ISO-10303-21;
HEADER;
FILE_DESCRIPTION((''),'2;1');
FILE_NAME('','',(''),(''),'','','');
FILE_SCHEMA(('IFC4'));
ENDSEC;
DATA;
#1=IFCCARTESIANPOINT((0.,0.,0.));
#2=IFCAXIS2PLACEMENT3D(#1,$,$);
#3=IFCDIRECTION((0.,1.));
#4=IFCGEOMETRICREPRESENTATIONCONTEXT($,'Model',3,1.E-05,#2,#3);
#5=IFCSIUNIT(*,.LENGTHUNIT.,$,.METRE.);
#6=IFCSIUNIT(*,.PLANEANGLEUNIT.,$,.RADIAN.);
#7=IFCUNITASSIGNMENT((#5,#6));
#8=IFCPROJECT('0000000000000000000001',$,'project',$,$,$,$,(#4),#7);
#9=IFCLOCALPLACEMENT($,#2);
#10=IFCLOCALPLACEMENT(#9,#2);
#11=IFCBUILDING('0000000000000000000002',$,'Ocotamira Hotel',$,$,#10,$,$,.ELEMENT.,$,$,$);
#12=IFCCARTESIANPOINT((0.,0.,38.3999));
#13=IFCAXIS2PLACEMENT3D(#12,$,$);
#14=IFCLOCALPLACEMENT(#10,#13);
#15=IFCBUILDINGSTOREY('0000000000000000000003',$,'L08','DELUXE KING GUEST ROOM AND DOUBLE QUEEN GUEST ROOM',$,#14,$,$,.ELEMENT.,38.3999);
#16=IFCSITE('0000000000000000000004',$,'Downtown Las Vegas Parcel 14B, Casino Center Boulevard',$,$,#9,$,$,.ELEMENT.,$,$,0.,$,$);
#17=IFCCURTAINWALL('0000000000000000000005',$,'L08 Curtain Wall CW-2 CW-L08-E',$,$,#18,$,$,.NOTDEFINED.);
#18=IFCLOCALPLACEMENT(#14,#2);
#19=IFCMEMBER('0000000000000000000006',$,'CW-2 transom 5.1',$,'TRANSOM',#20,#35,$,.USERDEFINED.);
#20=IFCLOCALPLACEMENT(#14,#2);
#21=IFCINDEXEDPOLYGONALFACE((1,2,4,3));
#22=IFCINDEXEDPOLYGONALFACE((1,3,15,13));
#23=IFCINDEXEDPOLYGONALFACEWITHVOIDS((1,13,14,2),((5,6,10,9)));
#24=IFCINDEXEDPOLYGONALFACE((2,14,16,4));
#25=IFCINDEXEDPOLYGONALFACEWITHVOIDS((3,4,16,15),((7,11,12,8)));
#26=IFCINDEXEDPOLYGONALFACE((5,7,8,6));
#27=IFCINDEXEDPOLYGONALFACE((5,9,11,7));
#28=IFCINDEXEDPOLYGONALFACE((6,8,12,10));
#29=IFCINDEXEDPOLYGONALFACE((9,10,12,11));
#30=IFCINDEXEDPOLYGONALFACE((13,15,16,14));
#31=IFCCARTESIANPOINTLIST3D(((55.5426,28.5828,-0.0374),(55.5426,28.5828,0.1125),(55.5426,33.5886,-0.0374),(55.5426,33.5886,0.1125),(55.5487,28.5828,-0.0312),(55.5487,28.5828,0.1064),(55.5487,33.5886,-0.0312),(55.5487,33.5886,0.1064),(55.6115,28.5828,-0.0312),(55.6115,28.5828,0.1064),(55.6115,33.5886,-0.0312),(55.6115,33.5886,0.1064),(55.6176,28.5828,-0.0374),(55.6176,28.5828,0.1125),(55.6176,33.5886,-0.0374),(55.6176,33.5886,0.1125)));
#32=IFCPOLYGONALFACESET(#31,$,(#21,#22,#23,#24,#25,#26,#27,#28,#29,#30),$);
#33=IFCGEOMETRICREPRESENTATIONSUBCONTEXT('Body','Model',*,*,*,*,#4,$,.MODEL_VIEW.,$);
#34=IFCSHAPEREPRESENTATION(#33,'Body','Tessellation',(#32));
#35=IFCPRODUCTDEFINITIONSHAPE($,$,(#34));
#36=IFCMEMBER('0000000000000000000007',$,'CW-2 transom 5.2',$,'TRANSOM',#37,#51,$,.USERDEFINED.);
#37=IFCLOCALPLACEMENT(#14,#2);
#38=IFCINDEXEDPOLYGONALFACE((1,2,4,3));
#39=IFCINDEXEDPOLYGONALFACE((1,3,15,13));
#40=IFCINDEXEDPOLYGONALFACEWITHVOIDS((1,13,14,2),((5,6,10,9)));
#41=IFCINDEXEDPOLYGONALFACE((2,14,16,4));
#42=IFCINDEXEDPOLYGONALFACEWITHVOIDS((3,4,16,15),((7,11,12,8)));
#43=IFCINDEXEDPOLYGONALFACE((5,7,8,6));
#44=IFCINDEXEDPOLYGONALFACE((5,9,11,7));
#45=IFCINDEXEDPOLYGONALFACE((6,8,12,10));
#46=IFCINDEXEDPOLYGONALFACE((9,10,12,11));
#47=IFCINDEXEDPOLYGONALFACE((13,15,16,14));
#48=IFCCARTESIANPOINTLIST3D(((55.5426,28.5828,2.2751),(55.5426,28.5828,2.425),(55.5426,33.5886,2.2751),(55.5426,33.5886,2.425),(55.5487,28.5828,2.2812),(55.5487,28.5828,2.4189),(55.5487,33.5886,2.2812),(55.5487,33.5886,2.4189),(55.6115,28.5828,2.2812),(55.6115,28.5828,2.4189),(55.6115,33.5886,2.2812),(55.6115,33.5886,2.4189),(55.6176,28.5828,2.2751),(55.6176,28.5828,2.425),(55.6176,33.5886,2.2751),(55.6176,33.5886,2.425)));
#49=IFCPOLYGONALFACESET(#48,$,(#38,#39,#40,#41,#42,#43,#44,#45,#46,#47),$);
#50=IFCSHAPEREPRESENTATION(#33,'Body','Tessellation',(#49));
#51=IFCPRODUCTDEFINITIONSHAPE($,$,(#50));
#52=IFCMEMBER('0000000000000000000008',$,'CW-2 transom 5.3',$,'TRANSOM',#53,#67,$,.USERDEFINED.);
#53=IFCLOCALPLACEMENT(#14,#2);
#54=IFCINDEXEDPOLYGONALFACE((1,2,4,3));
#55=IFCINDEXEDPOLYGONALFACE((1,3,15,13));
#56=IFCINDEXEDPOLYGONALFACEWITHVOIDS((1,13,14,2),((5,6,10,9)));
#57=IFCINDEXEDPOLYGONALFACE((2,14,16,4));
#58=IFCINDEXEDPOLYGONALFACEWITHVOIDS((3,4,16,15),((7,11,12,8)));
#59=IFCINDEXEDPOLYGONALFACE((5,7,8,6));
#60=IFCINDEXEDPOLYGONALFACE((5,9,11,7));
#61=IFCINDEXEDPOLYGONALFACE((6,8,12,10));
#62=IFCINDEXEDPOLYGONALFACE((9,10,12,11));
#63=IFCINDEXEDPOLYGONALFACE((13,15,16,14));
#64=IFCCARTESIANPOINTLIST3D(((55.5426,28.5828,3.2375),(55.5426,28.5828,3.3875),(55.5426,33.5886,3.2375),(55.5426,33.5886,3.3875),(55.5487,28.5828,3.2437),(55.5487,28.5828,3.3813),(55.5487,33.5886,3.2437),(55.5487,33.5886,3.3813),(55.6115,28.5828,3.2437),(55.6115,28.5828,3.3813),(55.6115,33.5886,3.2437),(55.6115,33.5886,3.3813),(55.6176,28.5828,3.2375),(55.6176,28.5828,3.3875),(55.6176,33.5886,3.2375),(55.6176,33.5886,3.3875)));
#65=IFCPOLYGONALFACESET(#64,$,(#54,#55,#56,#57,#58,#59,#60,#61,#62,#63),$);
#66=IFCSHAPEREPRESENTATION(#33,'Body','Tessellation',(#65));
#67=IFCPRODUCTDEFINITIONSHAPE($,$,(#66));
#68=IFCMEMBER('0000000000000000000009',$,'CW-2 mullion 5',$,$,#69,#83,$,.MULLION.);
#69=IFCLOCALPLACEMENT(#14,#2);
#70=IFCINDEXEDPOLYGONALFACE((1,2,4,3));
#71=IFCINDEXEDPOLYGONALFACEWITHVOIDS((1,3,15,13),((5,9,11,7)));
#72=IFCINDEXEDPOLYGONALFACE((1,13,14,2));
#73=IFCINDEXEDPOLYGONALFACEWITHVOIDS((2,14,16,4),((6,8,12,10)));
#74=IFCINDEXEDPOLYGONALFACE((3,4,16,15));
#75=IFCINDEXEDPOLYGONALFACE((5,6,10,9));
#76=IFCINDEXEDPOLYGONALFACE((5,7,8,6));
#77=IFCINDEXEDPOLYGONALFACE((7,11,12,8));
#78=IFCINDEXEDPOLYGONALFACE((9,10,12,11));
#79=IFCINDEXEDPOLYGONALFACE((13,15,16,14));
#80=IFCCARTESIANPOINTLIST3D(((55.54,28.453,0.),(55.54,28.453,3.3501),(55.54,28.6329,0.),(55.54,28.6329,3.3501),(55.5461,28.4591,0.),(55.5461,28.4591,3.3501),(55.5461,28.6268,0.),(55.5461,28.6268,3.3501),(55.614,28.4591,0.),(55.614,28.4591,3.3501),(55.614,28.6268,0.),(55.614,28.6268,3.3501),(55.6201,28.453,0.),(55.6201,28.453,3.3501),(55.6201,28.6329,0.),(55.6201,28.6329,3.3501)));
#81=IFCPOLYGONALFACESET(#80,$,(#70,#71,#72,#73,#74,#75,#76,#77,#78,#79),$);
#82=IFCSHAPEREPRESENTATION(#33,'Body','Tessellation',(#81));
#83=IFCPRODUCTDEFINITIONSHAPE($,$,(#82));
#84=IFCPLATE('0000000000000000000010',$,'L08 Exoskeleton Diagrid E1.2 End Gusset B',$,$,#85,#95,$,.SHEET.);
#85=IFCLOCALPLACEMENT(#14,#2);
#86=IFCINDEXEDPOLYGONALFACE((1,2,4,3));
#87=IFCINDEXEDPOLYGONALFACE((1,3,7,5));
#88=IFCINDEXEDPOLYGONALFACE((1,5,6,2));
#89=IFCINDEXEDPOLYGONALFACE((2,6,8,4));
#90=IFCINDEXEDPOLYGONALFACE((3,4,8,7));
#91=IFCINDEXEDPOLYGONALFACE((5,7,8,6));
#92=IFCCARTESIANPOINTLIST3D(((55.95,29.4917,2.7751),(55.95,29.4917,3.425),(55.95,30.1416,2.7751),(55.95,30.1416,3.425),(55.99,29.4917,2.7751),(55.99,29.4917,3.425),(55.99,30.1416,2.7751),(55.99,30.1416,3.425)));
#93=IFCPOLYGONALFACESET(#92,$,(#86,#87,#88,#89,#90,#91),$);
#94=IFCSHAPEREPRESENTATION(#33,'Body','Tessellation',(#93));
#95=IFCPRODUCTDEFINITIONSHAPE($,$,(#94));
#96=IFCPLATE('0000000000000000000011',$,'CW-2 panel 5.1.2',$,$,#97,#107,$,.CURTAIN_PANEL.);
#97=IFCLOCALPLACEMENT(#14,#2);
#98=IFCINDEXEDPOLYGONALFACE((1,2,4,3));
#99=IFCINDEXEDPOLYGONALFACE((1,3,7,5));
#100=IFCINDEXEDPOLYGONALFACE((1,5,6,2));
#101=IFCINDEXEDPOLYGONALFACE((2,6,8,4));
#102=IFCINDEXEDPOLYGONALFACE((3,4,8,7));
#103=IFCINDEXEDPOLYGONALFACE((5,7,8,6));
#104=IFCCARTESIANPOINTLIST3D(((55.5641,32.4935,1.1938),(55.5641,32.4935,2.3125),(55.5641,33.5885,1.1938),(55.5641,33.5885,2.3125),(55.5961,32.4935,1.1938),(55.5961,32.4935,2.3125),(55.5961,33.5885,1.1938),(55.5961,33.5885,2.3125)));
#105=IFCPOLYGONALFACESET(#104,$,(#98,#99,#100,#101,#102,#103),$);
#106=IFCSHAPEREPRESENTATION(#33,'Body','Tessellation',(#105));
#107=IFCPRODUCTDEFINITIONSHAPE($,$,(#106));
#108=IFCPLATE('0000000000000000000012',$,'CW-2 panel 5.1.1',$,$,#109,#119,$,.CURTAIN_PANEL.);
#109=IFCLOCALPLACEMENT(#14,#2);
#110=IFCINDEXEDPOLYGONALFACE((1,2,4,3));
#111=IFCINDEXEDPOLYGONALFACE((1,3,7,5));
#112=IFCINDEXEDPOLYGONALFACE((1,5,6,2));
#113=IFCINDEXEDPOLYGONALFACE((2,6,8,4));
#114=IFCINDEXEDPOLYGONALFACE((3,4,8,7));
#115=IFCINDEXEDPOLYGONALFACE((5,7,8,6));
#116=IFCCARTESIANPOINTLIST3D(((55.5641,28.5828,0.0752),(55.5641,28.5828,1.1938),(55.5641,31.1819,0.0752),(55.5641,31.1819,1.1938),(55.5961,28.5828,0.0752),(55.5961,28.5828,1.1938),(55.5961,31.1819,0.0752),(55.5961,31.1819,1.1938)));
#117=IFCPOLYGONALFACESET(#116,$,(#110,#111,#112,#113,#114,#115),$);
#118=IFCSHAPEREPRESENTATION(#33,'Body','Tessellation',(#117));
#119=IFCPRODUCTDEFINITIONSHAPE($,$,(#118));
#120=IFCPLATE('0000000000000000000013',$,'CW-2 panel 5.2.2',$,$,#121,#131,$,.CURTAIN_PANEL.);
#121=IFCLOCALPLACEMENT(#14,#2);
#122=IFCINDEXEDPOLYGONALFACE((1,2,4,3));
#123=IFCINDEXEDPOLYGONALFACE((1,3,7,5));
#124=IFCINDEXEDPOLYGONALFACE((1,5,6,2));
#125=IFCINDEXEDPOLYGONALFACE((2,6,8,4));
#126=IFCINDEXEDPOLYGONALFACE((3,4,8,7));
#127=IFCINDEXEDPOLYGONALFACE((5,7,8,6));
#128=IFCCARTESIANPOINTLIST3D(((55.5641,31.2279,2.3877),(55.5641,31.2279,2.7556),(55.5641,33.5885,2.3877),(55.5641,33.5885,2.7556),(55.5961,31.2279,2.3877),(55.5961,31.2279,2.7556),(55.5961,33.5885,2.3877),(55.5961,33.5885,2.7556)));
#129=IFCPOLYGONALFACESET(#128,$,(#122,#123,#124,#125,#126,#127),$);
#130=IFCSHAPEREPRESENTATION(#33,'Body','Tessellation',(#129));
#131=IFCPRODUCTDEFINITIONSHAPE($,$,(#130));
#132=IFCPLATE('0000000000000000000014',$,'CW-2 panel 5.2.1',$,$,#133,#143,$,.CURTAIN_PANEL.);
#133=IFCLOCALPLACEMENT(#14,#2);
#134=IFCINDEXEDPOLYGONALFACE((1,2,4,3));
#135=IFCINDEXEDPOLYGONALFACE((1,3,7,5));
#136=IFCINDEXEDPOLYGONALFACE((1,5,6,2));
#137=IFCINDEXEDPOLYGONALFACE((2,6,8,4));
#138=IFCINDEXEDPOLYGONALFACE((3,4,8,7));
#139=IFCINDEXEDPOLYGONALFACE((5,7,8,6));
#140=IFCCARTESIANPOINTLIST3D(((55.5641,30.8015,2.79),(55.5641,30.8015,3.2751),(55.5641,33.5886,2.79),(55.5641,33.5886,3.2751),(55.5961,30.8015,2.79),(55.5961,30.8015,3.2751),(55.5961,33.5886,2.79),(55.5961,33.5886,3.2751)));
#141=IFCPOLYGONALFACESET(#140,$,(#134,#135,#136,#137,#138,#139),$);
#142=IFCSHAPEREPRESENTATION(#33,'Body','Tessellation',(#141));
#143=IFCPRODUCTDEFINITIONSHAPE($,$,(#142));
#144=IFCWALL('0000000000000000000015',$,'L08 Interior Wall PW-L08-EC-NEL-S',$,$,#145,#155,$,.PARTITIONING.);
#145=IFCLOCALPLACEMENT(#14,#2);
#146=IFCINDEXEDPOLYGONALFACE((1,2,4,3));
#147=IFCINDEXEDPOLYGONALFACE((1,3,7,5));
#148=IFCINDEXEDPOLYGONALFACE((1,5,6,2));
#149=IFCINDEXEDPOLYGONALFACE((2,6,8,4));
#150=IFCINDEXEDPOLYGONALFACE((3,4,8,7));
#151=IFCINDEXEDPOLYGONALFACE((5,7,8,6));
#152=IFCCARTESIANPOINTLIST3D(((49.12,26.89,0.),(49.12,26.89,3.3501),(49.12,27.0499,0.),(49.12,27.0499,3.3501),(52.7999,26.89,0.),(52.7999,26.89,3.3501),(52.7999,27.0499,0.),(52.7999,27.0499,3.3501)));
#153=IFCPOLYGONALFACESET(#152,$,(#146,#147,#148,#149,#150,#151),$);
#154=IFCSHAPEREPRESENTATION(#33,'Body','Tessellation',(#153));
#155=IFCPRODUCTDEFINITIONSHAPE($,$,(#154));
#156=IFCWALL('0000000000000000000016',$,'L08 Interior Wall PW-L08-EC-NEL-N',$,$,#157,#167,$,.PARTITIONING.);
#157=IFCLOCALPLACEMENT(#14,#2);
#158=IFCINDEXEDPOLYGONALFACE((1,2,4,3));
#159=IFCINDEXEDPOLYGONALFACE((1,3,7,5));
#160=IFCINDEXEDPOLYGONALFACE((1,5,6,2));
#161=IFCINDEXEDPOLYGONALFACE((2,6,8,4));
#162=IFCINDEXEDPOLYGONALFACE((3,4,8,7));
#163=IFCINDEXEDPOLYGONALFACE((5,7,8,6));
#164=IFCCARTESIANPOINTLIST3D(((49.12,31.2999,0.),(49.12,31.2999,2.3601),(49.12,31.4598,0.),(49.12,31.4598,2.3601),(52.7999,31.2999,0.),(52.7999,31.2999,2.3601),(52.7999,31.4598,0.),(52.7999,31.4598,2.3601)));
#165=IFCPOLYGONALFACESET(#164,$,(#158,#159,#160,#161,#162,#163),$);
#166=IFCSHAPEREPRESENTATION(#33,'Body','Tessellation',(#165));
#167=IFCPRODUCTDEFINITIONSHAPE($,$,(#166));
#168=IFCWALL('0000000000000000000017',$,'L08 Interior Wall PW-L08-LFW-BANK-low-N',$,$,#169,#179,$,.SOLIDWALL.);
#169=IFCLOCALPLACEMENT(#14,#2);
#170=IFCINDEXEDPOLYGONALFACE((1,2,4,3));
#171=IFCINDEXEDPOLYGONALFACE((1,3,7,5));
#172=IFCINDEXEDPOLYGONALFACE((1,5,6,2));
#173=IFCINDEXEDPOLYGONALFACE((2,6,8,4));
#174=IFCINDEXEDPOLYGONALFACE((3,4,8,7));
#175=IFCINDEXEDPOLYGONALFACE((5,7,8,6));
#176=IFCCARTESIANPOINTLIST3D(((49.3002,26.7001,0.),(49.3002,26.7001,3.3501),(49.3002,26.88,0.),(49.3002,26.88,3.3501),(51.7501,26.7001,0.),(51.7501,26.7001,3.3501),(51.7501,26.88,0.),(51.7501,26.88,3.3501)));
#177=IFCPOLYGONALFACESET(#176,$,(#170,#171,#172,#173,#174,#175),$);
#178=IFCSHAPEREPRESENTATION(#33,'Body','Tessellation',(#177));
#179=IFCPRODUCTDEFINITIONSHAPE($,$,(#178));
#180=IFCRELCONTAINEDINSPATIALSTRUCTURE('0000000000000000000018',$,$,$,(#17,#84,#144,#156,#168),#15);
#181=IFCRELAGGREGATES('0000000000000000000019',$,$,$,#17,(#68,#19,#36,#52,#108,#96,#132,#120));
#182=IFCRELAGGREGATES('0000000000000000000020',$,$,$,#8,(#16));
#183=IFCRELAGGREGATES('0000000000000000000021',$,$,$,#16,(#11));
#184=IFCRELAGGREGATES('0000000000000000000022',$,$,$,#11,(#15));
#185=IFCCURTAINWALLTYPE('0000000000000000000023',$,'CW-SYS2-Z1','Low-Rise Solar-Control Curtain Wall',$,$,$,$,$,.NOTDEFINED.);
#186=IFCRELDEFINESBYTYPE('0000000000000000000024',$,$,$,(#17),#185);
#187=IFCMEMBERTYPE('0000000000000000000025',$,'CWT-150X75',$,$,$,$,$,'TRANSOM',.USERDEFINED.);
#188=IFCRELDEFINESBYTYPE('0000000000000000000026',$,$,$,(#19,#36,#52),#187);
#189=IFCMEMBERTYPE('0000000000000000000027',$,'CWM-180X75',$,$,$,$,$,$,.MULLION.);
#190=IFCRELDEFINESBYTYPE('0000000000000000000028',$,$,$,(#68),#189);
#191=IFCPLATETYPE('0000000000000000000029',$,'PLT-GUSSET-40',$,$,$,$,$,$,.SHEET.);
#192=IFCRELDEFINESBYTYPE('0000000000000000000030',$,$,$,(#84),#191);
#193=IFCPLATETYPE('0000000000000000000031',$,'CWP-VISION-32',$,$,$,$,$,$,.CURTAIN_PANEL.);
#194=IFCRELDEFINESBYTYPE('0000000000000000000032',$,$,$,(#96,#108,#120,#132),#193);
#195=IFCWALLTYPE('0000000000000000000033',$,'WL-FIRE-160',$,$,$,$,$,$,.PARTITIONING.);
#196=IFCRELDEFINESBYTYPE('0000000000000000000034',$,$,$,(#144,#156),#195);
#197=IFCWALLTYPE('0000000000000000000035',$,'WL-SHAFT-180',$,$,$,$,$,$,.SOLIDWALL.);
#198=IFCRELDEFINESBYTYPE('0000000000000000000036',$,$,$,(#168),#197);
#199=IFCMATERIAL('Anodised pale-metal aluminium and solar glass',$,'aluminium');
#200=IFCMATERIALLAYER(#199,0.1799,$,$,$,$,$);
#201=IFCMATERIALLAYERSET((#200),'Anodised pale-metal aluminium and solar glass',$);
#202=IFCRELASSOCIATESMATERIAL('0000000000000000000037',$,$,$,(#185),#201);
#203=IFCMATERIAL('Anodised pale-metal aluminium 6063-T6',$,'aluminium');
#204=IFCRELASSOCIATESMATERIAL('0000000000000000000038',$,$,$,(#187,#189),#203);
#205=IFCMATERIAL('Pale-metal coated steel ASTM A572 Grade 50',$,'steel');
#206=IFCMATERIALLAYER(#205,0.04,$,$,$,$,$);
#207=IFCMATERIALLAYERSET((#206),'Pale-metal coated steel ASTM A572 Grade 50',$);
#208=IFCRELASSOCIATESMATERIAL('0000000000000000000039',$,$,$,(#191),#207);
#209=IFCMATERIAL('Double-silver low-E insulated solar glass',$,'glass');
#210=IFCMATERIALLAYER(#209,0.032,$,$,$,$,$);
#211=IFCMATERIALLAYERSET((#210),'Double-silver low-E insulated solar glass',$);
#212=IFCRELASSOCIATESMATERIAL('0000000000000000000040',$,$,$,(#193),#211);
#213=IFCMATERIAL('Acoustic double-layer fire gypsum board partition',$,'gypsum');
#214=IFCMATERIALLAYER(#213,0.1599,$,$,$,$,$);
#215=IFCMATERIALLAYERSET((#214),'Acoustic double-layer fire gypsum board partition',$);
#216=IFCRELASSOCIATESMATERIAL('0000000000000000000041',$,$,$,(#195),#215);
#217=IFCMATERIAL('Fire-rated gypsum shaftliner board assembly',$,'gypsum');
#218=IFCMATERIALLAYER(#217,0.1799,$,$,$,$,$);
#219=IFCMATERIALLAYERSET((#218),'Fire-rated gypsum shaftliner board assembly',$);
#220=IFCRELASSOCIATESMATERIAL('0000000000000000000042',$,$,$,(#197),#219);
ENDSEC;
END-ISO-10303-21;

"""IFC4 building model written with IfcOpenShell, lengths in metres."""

from ifc_helpers import new_model, si_unit, direction, frame, frame_2d, origin, origin_2d, place, context, subcontext, project, spatial, rectangle, hollow_rectangle, extrude, source, transform, mapped, material, layer, layer_set, material_profile, profile_set, type_object, element, aggregate, save


model = new_model("IFC4")

# Units and contexts
model_context = context("Model", 3, precision=1e-05, world=origin(), true_north=direction((0.0, 1.0)))
body_context = subcontext(model_context, "Body", "Model", "MODEL_VIEW")
ifc_project = project(units=[si_unit("LENGTHUNIT", "METRE"), si_unit("PLANEANGLEUNIT", "RADIAN")], contexts=[model_context])

# Site, building, storey
site_placement = place(None, origin())
site = spatial("IfcSite", under=ifc_project, at=site_placement, Name="Downtown Las Vegas Parcel 14B, Casino Center Boulevard", CompositionType="ELEMENT", RefElevation=0.0)
building_placement = place(site_placement, origin())
building = spatial("IfcBuilding", under=site, at=building_placement, Name="Ocotamira Hotel", CompositionType="ELEMENT")
storey_placement = place(building_placement, frame((0.0, 0.0, 38.3999)))
storey = spatial("IfcBuildingStorey", under=building, at=storey_placement, Name="L08", Description="DELUXE KING GUEST ROOM AND DOUBLE QUEEN GUEST ROOM", CompositionType="ELEMENT", Elevation=38.3999)

# Curtain wall, members
ifc_material_1 = material(Name="Anodised pale-metal aluminium and solar glass", Category="aluminium")
ifc_layer_1 = layer(ifc_material_1, 0.1799)
ifc_layer_set_1 = layer_set([ifc_layer_1], Name="Anodised pale-metal aluminium and solar glass")
curtain_wall_type = type_object("IfcCurtainWallType", Name="CW-SYS2-Z1", Description="Low-Rise Solar-Control Curtain Wall", PredefinedType="NOTDEFINED", material=ifc_layer_set_1)
curtain_wall_placement = place(storey_placement, origin())
curtain_wall = element("IfcCurtainWall", 1, at=curtain_wall_placement, inside=storey, type_object=curtain_wall_type, Name="L08 Curtain Wall CW-2 CW-L08-E", PredefinedType="NOTDEFINED")
ifc_material_2 = material(Name="Anodised pale-metal aluminium 6063-T6", Category="aluminium")
ifc_material_profile_1 = material_profile(ifc_material_2, hollow_rectangle(XDim=0.075, YDim=0.1499, WallThickness=0.0061, at=origin_2d()), Name="HSS150X75X6")
ifc_profile_set_1 = profile_set([ifc_material_profile_1], Name="Anodised pale-metal aluminium 6063-T6")
member_type_1 = type_object("IfcMemberType", Name="CWT-150X75", ElementType="TRANSOM", PredefinedType="USERDEFINED", material=ifc_profile_set_1)
shared_shape_1 = source(origin(), body_context, "Body", "SweptSolid", [
    extrude(hollow_rectangle(XDim=0.075, YDim=0.1499, WallThickness=0.0061, at=origin_2d()), origin(), (0.0, 0.0, 1.0), 5.0059),
])
member_1_placement = place(storey_placement, frame((55.5801, 28.5828, 0.0376), z_axis=(0.0, 1.0, 0.0), x_axis=(-1.0, 0.0, 0.0)))
member_1 = element("IfcMember", 2, at=member_1_placement, type_object=member_type_1, Name="CW-2 transom 5.1", ObjectType="TRANSOM", PredefinedType="USERDEFINED", context=body_context, shape_type="MappedRepresentation", body=[
    mapped(shared_shape_1, transform((0.0, 0.0, 0.0), scale=1.0)),
])
member_2_placement = place(storey_placement, frame((55.5801, 28.5828, 2.3501), z_axis=(0.0, 1.0, 0.0), x_axis=(-1.0, 0.0, 0.0)))
member_2 = element("IfcMember", 3, at=member_2_placement, type_object=member_type_1, Name="CW-2 transom 5.2", ObjectType="TRANSOM", PredefinedType="USERDEFINED", context=body_context, shape_type="MappedRepresentation", body=[
    mapped(shared_shape_1, transform((0.0, 0.0, 0.0), scale=1.0)),
])
member_3_placement = place(storey_placement, frame((55.5801, 28.5828, 3.3125), z_axis=(0.0, 1.0, 0.0), x_axis=(-1.0, 0.0, 0.0)))
member_3 = element("IfcMember", 4, at=member_3_placement, type_object=member_type_1, Name="CW-2 transom 5.3", ObjectType="TRANSOM", PredefinedType="USERDEFINED", context=body_context, shape_type="MappedRepresentation", body=[
    mapped(shared_shape_1, transform((0.0, 0.0, 0.0), scale=1.0)),
])
ifc_material_profile_2 = material_profile(ifc_material_2, hollow_rectangle(XDim=0.0801, YDim=0.1799, WallThickness=0.0061, at=origin_2d()), Name="HSS180X80X6")
ifc_profile_set_2 = profile_set([ifc_material_profile_2], Name="Anodised pale-metal aluminium 6063-T6")
member_type_2 = type_object("IfcMemberType", Name="CWM-180X75", PredefinedType="MULLION", material=ifc_profile_set_2)
shared_shape_2 = source(origin(), body_context, "Body", "SweptSolid", [
    extrude(hollow_rectangle(XDim=0.0801, YDim=0.1799, WallThickness=0.0061, at=origin_2d()), origin(), (0.0, 0.0, 1.0), 3.3501),
])
member_4_placement = place(storey_placement, frame((55.5801, 28.543, 0.0), z_axis=(0.0, 0.0, 1.0), x_axis=(-1.0, 0.0, 0.0)))
member_4 = element("IfcMember", 5, at=member_4_placement, type_object=member_type_2, Name="CW-2 mullion 5", PredefinedType="MULLION", context=body_context, shape_type="MappedRepresentation", body=[
    mapped(shared_shape_2, transform((0.0, 0.0, 0.0), scale=1.0)),
])

# Plates
ifc_material_3 = material(Name="Pale-metal coated steel ASTM A572 Grade 50", Category="steel")
ifc_layer_2 = layer(ifc_material_3, 0.04)
ifc_layer_set_2 = layer_set([ifc_layer_2], Name="Pale-metal coated steel ASTM A572 Grade 50")
plate_type_1 = type_object("IfcPlateType", Name="PLT-GUSSET-40", PredefinedType="SHEET", material=ifc_layer_set_2)
shared_shape_3 = source(origin(), body_context, "Body", "SweptSolid", [
    extrude(rectangle(XDim=0.04, YDim=0.6499, at=origin_2d()), origin(), (0.0, 0.0, 1.0), 0.6499),
])
plate_1_placement = place(storey_placement, frame((55.97, 29.8167, 2.7751), z_axis=(0.0, 0.0, 1.0), x_axis=(1.0, 0.0, 0.0)))
element("IfcPlate", 6, at=plate_1_placement, inside=storey, type_object=plate_type_1, Name="L08 Exoskeleton Diagrid E1.2 End Gusset B", PredefinedType="SHEET", context=body_context, shape_type="MappedRepresentation", body=[
    mapped(shared_shape_3, transform((0.0, 0.0, 0.0), scale=1.0)),
])
ifc_material_4 = material(Name="Double-silver low-E insulated solar glass", Category="glass")
ifc_layer_3 = layer(ifc_material_4, 0.032)
ifc_layer_set_3 = layer_set([ifc_layer_3], Name="Double-silver low-E insulated solar glass")
plate_type_2 = type_object("IfcPlateType", Name="CWP-VISION-32", PredefinedType="CURTAIN_PANEL", material=ifc_layer_set_3)
shared_shape_4 = source(origin(), body_context, "Body", "SweptSolid", [
    extrude(rectangle(XDim=1.095, YDim=0.032, at=origin_2d()), origin(), (0.0, 0.0, 1.0), 1.1187),
])
plate_2_placement = place(storey_placement, frame((55.5801, 33.041, 1.1938), z_axis=(0.0, 0.0, 1.0), x_axis=(0.0, 1.0, 0.0)))
plate_2 = element("IfcPlate", 7, at=plate_2_placement, type_object=plate_type_2, Name="CW-2 panel 5.1.2", PredefinedType="CURTAIN_PANEL", context=body_context, shape_type="MappedRepresentation", body=[
    mapped(shared_shape_4, transform((0.0, 0.0, 0.0), scale=1.0)),
])
shared_shape_5 = source(origin(), body_context, "Body", "SweptSolid", [
    extrude(rectangle(XDim=2.5991, YDim=0.032, at=origin_2d()), origin(), (0.0, 0.0, 1.0), 1.1187),
])
plate_3_placement = place(storey_placement, frame((55.5801, 29.8823, 0.0752), z_axis=(0.0, 0.0, 1.0), x_axis=(0.0, 1.0, 0.0)))
plate_3 = element("IfcPlate", 8, at=plate_3_placement, type_object=plate_type_2, Name="CW-2 panel 5.1.1", PredefinedType="CURTAIN_PANEL", context=body_context, shape_type="MappedRepresentation", body=[
    mapped(shared_shape_5, transform((0.0, 0.0, 0.0), scale=1.0)),
])
shared_shape_6 = source(origin(), body_context, "Body", "SweptSolid", [
    extrude(rectangle(XDim=2.3606, YDim=0.032, at=origin_2d()), origin(), (0.0, 0.0, 1.0), 0.3679),
])
plate_4_placement = place(storey_placement, frame((55.5801, 32.4082, 2.3877), z_axis=(0.0, 0.0, 1.0), x_axis=(0.0, 1.0, 0.0)))
plate_4 = element("IfcPlate", 9, at=plate_4_placement, type_object=plate_type_2, Name="CW-2 panel 5.2.2", PredefinedType="CURTAIN_PANEL", context=body_context, shape_type="MappedRepresentation", body=[
    mapped(shared_shape_6, transform((0.0, 0.0, 0.0), scale=1.0)),
])
shared_shape_7 = source(origin(), body_context, "Body", "SweptSolid", [
    extrude(rectangle(XDim=2.7871, YDim=0.032, at=origin_2d()), origin(), (0.0, 0.0, 1.0), 0.4851),
])
plate_5_placement = place(storey_placement, frame((55.5801, 32.1951, 2.79), z_axis=(0.0, 0.0, 1.0), x_axis=(0.0, 1.0, 0.0)))
plate_5 = element("IfcPlate", 10, at=plate_5_placement, type_object=plate_type_2, Name="CW-2 panel 5.2.1", PredefinedType="CURTAIN_PANEL", context=body_context, shape_type="MappedRepresentation", body=[
    mapped(shared_shape_7, transform((0.0, 0.0, 0.0), scale=1.0)),
])
aggregate(curtain_wall, [member_4, member_1, member_2, member_3, plate_3, plate_2, plate_5, plate_4])

# Walls
ifc_material_5 = material(Name="Acoustic double-layer fire gypsum board partition", Category="gypsum")
ifc_layer_4 = layer(ifc_material_5, 0.1599)
ifc_layer_set_4 = layer_set([ifc_layer_4], Name="Acoustic double-layer fire gypsum board partition")
wall_type_1 = type_object("IfcWallType", Name="WL-FIRE-160", PredefinedType="PARTITIONING", material=ifc_layer_set_4)
wall_1_placement = place(storey_placement, frame((49.1201, 26.97, 0.0), z_axis=(0.0, 0.0, 1.0), x_axis=(1.0, 0.0, 0.0)))
element("IfcWall", 11, at=wall_1_placement, inside=storey, type_object=wall_type_1, Name="L08 Interior Wall PW-L08-EC-NEL-S", PredefinedType="PARTITIONING", context=body_context, shape_type="SweptSolid", body=[
    extrude(rectangle(XDim=3.6799, YDim=0.1599, at=frame_2d((1.8398, 0.0))), origin(), (0.0, 0.0, 1.0), 3.3501),
])
wall_2_placement = place(storey_placement, frame((49.1201, 31.3799, 0.0), z_axis=(0.0, 0.0, 1.0), x_axis=(1.0, 0.0, 0.0)))
element("IfcWall", 12, at=wall_2_placement, inside=storey, type_object=wall_type_1, Name="L08 Interior Wall PW-L08-EC-NEL-N", PredefinedType="PARTITIONING", context=body_context, shape_type="SweptSolid", body=[
    extrude(rectangle(XDim=3.6799, YDim=0.1599, at=frame_2d((1.8398, 0.0))), origin(), (0.0, 0.0, 1.0), 2.3601),
])

# Wall
ifc_material_6 = material(Name="Fire-rated gypsum shaftliner board assembly", Category="gypsum")
ifc_layer_5 = layer(ifc_material_6, 0.1799)
ifc_layer_set_5 = layer_set([ifc_layer_5], Name="Fire-rated gypsum shaftliner board assembly")
wall_type_2 = type_object("IfcWallType", Name="WL-SHAFT-180", PredefinedType="SOLIDWALL", material=ifc_layer_set_5)
wall_3_placement = place(storey_placement, frame((49.3, 26.79, 0.0), z_axis=(0.0, 0.0, 1.0), x_axis=(1.0, 0.0, 0.0)))
element("IfcWall", 13, at=wall_3_placement, inside=storey, type_object=wall_type_2, Name="L08 Interior Wall PW-L08-LFW-BANK-low-N", PredefinedType="SOLIDWALL", context=body_context, shape_type="SweptSolid", body=[
    extrude(rectangle(XDim=2.45, YDim=0.1799, at=frame_2d((1.2251, 0.0))), origin(), (0.0, 0.0, 1.0), 3.3501),
])

save(model, "model.ifc")
